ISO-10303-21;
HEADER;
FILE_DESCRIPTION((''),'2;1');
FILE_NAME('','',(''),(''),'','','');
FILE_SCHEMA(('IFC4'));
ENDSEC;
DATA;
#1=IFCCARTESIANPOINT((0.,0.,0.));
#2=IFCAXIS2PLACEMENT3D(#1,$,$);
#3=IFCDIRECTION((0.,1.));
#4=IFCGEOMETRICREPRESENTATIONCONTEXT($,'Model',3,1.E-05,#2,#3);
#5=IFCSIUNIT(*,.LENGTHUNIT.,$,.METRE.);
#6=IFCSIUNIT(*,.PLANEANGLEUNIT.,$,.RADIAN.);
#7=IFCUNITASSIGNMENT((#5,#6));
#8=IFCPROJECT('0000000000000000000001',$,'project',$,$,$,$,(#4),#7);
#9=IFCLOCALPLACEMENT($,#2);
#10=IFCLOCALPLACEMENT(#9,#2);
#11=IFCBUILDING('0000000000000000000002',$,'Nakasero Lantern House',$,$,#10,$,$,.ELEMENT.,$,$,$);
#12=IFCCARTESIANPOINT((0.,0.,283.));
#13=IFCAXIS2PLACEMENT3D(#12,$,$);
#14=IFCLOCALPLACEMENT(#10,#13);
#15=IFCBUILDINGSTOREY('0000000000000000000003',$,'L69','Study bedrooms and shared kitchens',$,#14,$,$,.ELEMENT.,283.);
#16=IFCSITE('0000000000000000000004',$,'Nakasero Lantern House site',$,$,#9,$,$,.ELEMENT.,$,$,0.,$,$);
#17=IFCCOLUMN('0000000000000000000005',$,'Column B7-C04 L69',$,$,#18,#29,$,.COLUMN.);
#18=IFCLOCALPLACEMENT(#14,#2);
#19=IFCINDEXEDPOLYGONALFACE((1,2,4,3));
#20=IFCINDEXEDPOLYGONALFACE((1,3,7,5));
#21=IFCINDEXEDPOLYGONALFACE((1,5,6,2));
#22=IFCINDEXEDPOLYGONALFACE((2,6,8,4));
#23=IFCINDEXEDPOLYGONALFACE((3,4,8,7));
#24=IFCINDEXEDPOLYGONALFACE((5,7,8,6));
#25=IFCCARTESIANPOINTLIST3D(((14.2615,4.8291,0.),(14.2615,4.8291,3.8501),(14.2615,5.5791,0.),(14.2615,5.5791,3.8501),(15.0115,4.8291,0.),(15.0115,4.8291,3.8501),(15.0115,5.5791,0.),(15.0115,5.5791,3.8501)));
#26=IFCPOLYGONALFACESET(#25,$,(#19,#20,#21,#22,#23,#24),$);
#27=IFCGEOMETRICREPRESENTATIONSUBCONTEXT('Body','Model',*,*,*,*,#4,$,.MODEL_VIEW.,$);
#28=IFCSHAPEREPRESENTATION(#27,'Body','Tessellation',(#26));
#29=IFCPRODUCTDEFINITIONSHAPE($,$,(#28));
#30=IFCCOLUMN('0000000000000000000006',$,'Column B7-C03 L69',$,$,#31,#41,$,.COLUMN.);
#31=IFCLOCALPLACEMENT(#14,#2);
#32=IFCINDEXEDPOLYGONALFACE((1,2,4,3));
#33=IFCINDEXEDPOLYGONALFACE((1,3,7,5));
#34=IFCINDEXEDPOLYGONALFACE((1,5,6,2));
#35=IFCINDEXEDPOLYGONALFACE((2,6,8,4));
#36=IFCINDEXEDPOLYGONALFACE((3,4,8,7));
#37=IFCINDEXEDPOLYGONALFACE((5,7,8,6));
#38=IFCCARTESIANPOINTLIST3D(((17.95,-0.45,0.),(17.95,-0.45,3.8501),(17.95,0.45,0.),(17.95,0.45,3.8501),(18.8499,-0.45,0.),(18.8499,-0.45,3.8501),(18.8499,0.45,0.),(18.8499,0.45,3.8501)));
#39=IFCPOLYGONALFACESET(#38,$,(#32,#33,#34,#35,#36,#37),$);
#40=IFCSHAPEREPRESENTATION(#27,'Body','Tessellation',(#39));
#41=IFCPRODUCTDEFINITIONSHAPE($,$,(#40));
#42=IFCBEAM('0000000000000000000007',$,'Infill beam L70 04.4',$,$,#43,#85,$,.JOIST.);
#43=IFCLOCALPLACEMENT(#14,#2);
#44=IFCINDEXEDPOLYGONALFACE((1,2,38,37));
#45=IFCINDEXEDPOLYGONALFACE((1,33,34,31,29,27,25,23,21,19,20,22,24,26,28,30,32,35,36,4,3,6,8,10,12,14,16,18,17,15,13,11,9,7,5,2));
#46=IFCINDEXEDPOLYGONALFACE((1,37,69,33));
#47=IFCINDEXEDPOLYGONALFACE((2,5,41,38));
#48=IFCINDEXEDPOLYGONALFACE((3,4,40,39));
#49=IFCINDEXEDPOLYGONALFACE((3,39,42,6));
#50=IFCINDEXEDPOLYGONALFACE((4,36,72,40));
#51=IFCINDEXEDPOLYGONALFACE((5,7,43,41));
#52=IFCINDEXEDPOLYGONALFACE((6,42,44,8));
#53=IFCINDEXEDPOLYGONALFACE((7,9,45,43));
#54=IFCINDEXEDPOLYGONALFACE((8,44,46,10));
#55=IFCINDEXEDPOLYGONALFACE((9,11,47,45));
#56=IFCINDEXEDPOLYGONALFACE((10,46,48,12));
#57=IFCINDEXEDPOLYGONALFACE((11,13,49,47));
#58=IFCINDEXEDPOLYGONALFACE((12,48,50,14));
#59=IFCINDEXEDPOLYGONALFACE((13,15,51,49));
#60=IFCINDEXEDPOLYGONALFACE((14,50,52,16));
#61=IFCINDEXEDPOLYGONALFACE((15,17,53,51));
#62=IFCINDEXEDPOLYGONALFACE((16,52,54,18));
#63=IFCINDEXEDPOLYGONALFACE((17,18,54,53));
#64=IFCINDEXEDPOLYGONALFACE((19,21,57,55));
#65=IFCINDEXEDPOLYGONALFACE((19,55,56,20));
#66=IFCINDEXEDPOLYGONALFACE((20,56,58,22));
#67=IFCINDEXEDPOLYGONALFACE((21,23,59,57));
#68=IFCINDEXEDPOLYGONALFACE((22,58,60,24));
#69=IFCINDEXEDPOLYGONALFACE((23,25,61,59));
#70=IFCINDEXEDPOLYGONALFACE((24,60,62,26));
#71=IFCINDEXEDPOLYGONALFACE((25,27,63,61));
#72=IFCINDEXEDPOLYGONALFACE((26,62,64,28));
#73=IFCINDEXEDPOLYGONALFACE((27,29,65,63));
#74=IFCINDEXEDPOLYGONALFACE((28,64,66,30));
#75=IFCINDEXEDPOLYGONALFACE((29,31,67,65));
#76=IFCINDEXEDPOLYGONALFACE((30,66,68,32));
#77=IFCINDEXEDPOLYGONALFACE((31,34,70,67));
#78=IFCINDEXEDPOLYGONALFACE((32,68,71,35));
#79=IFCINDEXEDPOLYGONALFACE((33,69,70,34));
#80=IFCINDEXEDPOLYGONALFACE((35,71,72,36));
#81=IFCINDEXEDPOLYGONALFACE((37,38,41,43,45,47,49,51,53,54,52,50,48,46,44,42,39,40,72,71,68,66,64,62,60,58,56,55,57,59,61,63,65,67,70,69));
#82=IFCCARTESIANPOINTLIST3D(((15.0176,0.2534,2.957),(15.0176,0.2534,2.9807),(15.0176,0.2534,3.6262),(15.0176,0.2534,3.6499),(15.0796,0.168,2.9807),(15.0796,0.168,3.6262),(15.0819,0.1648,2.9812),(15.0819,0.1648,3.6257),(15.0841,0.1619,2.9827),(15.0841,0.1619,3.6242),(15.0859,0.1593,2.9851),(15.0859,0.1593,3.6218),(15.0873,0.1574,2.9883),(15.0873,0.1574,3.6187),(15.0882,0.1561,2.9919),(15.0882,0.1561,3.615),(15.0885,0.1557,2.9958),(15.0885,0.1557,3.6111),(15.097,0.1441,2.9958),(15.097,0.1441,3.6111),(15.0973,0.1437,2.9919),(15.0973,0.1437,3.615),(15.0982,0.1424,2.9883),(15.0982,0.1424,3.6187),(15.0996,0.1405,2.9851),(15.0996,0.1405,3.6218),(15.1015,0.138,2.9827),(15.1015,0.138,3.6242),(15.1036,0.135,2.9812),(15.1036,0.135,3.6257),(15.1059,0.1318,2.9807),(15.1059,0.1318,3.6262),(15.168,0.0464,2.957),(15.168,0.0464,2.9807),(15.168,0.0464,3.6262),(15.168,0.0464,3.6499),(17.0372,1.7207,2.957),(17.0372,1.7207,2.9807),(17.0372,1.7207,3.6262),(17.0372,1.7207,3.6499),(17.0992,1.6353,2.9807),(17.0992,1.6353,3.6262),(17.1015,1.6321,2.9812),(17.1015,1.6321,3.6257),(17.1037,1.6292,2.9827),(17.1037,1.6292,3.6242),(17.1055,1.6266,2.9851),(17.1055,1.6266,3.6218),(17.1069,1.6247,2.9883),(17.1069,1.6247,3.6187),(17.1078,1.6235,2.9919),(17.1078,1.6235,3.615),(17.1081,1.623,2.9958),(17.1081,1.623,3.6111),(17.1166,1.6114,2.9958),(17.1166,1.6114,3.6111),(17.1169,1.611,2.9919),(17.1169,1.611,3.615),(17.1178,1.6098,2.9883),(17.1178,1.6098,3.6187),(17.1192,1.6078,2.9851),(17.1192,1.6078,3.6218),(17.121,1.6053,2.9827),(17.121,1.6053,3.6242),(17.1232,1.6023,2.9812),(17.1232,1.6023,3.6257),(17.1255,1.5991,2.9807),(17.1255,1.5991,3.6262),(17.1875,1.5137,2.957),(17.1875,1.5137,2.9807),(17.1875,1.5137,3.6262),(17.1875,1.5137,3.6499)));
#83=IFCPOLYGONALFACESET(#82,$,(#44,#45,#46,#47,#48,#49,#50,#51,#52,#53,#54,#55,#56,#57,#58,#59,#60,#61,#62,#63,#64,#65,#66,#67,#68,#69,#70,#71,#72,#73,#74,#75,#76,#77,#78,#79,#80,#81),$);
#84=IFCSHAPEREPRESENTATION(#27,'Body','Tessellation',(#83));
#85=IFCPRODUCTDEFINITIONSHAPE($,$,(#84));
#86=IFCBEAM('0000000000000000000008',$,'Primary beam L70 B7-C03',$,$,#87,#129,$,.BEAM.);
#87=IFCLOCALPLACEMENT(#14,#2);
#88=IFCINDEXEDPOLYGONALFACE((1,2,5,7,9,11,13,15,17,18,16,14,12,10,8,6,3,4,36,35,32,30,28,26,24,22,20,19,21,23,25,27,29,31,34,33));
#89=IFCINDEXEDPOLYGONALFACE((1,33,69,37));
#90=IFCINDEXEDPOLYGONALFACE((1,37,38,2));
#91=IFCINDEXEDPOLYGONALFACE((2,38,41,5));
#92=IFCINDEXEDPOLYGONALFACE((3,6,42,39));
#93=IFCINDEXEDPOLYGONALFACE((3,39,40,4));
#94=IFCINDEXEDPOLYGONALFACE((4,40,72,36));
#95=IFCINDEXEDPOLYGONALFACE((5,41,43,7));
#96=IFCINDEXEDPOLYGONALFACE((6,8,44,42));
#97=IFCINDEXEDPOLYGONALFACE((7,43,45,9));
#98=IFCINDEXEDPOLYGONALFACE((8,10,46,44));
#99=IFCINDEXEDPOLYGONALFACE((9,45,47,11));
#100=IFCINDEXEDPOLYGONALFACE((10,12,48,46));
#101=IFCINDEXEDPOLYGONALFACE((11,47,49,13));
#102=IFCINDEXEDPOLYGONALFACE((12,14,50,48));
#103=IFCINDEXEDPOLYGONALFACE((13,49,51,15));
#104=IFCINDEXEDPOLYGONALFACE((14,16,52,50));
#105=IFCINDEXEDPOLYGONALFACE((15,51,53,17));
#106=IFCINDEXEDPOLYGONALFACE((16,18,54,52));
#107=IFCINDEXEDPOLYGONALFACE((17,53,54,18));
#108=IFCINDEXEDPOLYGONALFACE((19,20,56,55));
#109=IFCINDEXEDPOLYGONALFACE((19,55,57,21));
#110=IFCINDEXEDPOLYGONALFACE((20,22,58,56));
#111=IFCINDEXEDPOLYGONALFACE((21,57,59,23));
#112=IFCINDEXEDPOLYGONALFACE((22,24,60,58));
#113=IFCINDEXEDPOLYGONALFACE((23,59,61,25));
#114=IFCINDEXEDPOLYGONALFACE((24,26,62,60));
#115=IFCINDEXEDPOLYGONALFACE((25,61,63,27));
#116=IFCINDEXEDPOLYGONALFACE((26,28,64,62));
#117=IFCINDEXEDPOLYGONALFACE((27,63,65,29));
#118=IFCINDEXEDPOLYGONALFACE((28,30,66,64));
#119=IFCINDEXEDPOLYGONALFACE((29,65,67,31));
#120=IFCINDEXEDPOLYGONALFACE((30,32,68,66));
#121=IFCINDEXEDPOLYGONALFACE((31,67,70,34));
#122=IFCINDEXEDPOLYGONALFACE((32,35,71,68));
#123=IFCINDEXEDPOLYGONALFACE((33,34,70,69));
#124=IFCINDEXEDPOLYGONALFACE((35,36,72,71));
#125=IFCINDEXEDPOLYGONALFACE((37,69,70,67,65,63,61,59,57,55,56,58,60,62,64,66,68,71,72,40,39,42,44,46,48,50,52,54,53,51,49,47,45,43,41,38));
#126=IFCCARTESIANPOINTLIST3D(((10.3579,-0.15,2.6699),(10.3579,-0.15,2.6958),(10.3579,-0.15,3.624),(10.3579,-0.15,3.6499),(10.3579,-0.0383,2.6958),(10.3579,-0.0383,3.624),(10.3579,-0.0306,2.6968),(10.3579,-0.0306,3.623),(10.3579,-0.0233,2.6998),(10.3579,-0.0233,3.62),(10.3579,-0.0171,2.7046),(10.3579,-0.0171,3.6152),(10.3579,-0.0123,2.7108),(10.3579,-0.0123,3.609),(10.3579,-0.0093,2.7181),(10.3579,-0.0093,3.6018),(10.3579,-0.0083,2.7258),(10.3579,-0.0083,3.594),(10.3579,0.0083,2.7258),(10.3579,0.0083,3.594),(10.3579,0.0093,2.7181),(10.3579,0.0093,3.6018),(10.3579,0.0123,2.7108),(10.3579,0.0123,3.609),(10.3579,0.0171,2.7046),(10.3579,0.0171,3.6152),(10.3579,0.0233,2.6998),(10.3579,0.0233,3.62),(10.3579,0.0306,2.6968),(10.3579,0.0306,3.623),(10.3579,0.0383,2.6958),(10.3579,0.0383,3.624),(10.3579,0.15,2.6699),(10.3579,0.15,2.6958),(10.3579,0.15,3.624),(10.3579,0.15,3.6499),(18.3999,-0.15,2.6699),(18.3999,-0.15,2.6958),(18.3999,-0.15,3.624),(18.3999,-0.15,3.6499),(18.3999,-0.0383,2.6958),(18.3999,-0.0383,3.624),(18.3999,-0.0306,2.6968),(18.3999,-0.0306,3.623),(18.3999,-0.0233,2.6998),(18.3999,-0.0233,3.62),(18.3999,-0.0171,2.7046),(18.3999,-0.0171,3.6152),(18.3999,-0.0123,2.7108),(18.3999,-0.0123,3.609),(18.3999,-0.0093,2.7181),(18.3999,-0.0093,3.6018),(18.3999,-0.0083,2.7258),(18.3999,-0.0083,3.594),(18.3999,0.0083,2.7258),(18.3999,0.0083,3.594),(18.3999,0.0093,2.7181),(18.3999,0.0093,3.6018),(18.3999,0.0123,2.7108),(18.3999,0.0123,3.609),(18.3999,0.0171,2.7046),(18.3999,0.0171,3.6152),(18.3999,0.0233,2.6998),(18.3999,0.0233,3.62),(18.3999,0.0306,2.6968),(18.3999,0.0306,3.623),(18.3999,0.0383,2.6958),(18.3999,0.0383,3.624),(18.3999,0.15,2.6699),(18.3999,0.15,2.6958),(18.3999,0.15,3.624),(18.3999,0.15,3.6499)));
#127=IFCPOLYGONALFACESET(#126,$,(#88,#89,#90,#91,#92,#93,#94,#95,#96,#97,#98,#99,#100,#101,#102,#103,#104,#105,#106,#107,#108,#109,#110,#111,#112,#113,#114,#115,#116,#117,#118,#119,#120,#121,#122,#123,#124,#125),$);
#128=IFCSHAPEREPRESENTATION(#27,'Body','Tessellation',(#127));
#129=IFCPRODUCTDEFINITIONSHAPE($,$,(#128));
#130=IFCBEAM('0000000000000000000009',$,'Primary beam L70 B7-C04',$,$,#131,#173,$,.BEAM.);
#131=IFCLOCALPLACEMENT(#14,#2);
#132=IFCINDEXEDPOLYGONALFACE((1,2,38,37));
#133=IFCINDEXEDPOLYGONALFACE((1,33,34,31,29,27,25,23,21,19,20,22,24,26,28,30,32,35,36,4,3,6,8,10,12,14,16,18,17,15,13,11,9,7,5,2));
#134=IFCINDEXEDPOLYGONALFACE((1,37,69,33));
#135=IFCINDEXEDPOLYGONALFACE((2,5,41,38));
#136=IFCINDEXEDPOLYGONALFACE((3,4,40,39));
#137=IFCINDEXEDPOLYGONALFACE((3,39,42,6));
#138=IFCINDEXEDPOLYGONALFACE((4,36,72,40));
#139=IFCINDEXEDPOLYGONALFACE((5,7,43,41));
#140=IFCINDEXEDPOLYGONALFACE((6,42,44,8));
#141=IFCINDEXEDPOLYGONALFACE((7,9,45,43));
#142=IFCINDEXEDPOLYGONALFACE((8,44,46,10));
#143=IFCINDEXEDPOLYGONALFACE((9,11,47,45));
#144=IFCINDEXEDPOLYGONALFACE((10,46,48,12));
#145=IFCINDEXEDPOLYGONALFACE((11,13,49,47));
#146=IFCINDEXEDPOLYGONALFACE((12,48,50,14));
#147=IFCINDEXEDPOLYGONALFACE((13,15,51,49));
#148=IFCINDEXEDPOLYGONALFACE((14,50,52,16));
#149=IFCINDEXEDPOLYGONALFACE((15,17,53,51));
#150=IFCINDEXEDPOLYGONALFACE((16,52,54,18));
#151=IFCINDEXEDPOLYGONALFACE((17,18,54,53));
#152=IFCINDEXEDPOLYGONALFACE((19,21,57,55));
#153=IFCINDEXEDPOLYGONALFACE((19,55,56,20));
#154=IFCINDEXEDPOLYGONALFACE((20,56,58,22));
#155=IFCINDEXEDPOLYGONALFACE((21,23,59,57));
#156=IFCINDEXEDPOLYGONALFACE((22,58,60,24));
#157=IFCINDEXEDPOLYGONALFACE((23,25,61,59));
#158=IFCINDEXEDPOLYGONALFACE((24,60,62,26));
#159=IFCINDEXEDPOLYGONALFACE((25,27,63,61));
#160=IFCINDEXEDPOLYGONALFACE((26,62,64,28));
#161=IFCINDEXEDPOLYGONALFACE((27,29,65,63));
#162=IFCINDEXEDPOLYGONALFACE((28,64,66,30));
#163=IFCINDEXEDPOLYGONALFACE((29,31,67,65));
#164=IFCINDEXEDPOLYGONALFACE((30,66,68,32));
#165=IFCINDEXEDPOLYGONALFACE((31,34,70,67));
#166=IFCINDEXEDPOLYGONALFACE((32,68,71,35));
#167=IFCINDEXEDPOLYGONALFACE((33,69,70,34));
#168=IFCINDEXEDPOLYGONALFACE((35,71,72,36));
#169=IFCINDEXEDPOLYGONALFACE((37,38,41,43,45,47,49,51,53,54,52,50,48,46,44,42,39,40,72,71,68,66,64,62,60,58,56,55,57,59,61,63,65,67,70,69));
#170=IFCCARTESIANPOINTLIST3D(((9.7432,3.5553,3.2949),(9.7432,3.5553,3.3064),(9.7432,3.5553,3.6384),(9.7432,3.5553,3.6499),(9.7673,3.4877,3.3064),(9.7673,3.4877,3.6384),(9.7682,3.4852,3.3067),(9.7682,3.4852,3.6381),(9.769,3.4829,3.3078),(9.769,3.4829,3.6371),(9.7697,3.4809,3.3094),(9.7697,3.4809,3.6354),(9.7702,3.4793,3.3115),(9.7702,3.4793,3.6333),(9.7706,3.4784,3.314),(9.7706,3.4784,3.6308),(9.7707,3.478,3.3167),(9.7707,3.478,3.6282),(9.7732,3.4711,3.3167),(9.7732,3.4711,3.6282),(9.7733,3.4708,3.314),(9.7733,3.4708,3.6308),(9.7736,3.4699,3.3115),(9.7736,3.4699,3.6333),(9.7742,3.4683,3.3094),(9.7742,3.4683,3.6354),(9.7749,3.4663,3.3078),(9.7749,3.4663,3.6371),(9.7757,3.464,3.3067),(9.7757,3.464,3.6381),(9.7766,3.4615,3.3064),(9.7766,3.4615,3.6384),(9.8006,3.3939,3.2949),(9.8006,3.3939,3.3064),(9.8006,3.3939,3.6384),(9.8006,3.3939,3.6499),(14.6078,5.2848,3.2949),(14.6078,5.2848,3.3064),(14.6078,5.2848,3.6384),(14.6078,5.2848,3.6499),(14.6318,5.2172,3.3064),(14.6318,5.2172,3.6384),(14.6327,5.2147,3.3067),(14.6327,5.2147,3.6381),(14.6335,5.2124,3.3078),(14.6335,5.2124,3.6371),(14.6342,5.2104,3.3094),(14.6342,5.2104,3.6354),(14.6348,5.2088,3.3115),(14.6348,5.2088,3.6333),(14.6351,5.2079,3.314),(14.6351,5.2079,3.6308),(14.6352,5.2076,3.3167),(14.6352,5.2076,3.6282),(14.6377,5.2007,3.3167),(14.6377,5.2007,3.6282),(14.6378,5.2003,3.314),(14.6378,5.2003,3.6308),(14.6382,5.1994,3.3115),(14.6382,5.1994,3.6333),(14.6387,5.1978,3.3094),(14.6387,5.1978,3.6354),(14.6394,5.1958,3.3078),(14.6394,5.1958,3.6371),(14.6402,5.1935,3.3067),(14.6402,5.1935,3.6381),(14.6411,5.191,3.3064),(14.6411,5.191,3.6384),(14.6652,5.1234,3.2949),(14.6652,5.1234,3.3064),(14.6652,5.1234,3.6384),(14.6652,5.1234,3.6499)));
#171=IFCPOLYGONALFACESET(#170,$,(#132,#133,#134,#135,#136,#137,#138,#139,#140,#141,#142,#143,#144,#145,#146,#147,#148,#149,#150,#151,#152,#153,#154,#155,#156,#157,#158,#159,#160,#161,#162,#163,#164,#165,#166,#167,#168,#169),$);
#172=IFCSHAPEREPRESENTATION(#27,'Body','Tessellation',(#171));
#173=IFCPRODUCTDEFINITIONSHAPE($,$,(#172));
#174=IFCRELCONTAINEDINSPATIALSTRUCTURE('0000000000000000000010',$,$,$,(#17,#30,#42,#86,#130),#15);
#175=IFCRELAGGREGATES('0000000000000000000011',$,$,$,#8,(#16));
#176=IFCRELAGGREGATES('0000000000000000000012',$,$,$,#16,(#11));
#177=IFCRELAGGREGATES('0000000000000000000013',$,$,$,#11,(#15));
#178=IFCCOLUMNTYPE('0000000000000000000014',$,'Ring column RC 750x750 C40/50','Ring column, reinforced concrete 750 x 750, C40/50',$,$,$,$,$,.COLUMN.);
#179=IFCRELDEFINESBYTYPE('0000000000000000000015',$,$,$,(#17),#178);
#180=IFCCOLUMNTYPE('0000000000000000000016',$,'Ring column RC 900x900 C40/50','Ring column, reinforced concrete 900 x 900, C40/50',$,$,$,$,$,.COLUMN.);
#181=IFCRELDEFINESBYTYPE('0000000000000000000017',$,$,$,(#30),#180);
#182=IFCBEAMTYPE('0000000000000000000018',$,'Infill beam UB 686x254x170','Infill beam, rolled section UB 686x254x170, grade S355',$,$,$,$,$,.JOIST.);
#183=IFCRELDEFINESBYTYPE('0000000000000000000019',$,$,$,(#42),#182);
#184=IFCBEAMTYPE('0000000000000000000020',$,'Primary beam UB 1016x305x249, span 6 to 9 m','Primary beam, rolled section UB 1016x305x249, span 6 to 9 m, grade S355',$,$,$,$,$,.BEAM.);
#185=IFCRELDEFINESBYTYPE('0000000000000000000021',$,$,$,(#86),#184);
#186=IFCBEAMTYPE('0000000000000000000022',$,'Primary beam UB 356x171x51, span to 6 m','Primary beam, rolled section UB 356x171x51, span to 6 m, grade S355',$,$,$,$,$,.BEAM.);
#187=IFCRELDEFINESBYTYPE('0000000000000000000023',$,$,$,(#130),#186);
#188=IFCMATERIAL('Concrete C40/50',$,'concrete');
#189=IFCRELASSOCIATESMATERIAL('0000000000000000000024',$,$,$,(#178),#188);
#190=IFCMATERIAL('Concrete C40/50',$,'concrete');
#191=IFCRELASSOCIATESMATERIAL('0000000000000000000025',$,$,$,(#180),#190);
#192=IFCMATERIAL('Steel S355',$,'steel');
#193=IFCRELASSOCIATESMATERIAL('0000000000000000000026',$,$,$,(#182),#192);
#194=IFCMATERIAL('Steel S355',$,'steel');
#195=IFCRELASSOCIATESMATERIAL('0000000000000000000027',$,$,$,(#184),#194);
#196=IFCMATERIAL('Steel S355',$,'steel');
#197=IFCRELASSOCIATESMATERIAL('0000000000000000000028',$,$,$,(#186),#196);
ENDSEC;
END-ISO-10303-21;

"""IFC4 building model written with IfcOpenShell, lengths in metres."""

from ifc_helpers import new_model, si_unit, direction, frame, origin, origin_2d, place, context, subcontext, project, spatial, rectangle, i_section, extrude, material, material_profile, profile_set, type_object, element, save


model = new_model("IFC4")

# Units and contexts
model_context = context("Model", 3, precision=1e-05, world=origin(), true_north=direction((0.0, 1.0)))
body_context = subcontext(model_context, "Body", "Model", "MODEL_VIEW")
ifc_project = project(units=[si_unit("LENGTHUNIT", "METRE"), si_unit("PLANEANGLEUNIT", "RADIAN")], contexts=[model_context])

# Site, building, storey
site_placement = place(None, origin())
site = spatial("IfcSite", under=ifc_project, at=site_placement, Name="Nakasero Lantern House site", CompositionType="ELEMENT", RefElevation=0.0)
building_placement = place(site_placement, origin())
building = spatial("IfcBuilding", under=site, at=building_placement, Name="Nakasero Lantern House", CompositionType="ELEMENT")
storey_placement = place(building_placement, frame((0.0, 0.0, 283.0)))
storey = spatial("IfcBuildingStorey", under=building, at=storey_placement, Name="L69", Description="Study bedrooms and shared kitchens", CompositionType="ELEMENT", Elevation=283.0)

# Columns
ifc_material_1 = material(Name="Concrete C40/50", Category="concrete")
ifc_material_profile_1 = material_profile(ifc_material_1, rectangle(XDim=0.75, YDim=0.75, at=origin_2d()), Name="RC 750x750")
ifc_profile_set_1 = profile_set([ifc_material_profile_1], Name="Concrete C40/50")
column_type_1 = type_object("IfcColumnType", Name="Ring column RC 750x750 C40/50", Description="Ring column, reinforced concrete 750 x 750, C40/50", PredefinedType="COLUMN", material=ifc_profile_set_1)
column_1_placement = place(storey_placement, frame((14.6365, 5.2041, 0.0), z_axis=(0.0, 0.0, 1.0), x_axis=(1.0, 0.0, 0.0)))
element("IfcColumn", 1, at=column_1_placement, inside=storey, type_object=column_type_1, Name="Column B7-C04 L69", PredefinedType="COLUMN", context=body_context, shape_type="SweptSolid", body=[
    extrude(rectangle(XDim=0.75, YDim=0.75, at=origin_2d()), origin(), (0.0, 0.0, 1.0), 3.8501),
])
ifc_material_2 = material(Name="Concrete C40/50", Category="concrete")
ifc_material_profile_2 = material_profile(ifc_material_2, rectangle(XDim=0.8999, YDim=0.8999, at=origin_2d()), Name="RC 900x900")
ifc_profile_set_2 = profile_set([ifc_material_profile_2], Name="Concrete C40/50")
column_type_2 = type_object("IfcColumnType", Name="Ring column RC 900x900 C40/50", Description="Ring column, reinforced concrete 900 x 900, C40/50", PredefinedType="COLUMN", material=ifc_profile_set_2)
column_2_placement = place(storey_placement, frame((18.3999, 0.0, 0.0), z_axis=(0.0, 0.0, 1.0), x_axis=(1.0, 0.0, 0.0)))
element("IfcColumn", 2, at=column_2_placement, inside=storey, type_object=column_type_2, Name="Column B7-C03 L69", PredefinedType="COLUMN", context=body_context, shape_type="SweptSolid", body=[
    extrude(rectangle(XDim=0.8999, YDim=0.8999, at=origin_2d()), origin(), (0.0, 0.0, 1.0), 3.8501),
])

# Beams
ifc_material_3 = material(Name="Steel S355", Category="steel")
ifc_material_profile_3 = material_profile(ifc_material_3, i_section(OverallWidth=0.2559, OverallDepth=0.6929, WebThickness=0.0144, FlangeThickness=0.0237, FilletRadius=0.0151, at=origin_2d()), Name="UB 686x254x170")
ifc_profile_set_3 = profile_set([ifc_material_profile_3], Name="Steel S355")
beam_type_1 = type_object("IfcBeamType", Name="Infill beam UB 686x254x170", Description="Infill beam, rolled section UB 686x254x170, grade S355", PredefinedType="JOIST", material=ifc_profile_set_3)
beam_1_placement = place(storey_placement, frame((15.0928, 0.1499, 3.3035), z_axis=(0.809015, 0.587788, 0.0), x_axis=(-0.587788, 0.809015, 0.0)))
element("IfcBeam", 3, at=beam_1_placement, inside=storey, type_object=beam_type_1, Name="Infill beam L70 04.4", PredefinedType="JOIST", context=body_context, shape_type="SweptSolid", body=[
    extrude(i_section(OverallWidth=0.2559, OverallDepth=0.6929, WebThickness=0.0144, FlangeThickness=0.0237, FilletRadius=0.0151, at=origin_2d()), origin(), (0.0, 0.0, 1.0), 2.4963),
])
ifc_material_4 = material(Name="Steel S355", Category="steel")
ifc_material_profile_4 = material_profile(ifc_material_4, i_section(OverallWidth=0.3, OverallDepth=0.98, WebThickness=0.0166, FlangeThickness=0.0259, FilletRadius=0.03, at=origin_2d()), Name="UB 1016x305x249")
ifc_profile_set_4 = profile_set([ifc_material_profile_4], Name="Steel S355")
beam_type_2 = type_object("IfcBeamType", Name="Primary beam UB 1016x305x249, span 6 to 9 m", Description="Primary beam, rolled section UB 1016x305x249, span 6 to 9 m, grade S355", PredefinedType="BEAM", material=ifc_profile_set_4)
beam_2_placement = place(storey_placement, frame((18.3999, 0.0, 3.1599), z_axis=(-1.0, 0.0, 0.0), x_axis=(0.0, -1.0, 0.0)))
element("IfcBeam", 4, at=beam_2_placement, inside=storey, type_object=beam_type_2, Name="Primary beam L70 B7-C03", PredefinedType="BEAM", context=body_context, shape_type="SweptSolid", body=[
    extrude(i_section(OverallWidth=0.3, OverallDepth=0.98, WebThickness=0.0166, FlangeThickness=0.0259, FilletRadius=0.03, at=origin_2d()), origin(), (0.0, 0.0, 1.0), 8.042),
])
ifc_material_5 = material(Name="Steel S355", Category="steel")
ifc_material_profile_5 = material_profile(ifc_material_5, i_section(OverallWidth=0.1714, OverallDepth=0.355, WebThickness=0.0073, FlangeThickness=0.0115, FilletRadius=0.0103, at=origin_2d()), Name="UB 356x171x51")
ifc_profile_set_5 = profile_set([ifc_material_profile_5], Name="Steel S355")
beam_type_3 = type_object("IfcBeamType", Name="Primary beam UB 356x171x51, span to 6 m", Description="Primary beam, rolled section UB 356x171x51, span to 6 m, grade S355", PredefinedType="BEAM", material=ifc_profile_set_5)
beam_3_placement = place(storey_placement, frame((14.6365, 5.2041, 3.4724), z_axis=(-0.942221, -0.334991, 0.0), x_axis=(0.334991, -0.942221, 0.0)))
element("IfcBeam", 5, at=beam_3_placement, inside=storey, type_object=beam_type_3, Name="Primary beam L70 B7-C04", PredefinedType="BEAM", context=body_context, shape_type="SweptSolid", body=[
    extrude(i_section(OverallWidth=0.1714, OverallDepth=0.355, WebThickness=0.0073, FlangeThickness=0.0115, FilletRadius=0.0103, at=origin_2d()), origin(), (0.0, 0.0, 1.0), 5.1628),
])

save(model, "model.ifc")
